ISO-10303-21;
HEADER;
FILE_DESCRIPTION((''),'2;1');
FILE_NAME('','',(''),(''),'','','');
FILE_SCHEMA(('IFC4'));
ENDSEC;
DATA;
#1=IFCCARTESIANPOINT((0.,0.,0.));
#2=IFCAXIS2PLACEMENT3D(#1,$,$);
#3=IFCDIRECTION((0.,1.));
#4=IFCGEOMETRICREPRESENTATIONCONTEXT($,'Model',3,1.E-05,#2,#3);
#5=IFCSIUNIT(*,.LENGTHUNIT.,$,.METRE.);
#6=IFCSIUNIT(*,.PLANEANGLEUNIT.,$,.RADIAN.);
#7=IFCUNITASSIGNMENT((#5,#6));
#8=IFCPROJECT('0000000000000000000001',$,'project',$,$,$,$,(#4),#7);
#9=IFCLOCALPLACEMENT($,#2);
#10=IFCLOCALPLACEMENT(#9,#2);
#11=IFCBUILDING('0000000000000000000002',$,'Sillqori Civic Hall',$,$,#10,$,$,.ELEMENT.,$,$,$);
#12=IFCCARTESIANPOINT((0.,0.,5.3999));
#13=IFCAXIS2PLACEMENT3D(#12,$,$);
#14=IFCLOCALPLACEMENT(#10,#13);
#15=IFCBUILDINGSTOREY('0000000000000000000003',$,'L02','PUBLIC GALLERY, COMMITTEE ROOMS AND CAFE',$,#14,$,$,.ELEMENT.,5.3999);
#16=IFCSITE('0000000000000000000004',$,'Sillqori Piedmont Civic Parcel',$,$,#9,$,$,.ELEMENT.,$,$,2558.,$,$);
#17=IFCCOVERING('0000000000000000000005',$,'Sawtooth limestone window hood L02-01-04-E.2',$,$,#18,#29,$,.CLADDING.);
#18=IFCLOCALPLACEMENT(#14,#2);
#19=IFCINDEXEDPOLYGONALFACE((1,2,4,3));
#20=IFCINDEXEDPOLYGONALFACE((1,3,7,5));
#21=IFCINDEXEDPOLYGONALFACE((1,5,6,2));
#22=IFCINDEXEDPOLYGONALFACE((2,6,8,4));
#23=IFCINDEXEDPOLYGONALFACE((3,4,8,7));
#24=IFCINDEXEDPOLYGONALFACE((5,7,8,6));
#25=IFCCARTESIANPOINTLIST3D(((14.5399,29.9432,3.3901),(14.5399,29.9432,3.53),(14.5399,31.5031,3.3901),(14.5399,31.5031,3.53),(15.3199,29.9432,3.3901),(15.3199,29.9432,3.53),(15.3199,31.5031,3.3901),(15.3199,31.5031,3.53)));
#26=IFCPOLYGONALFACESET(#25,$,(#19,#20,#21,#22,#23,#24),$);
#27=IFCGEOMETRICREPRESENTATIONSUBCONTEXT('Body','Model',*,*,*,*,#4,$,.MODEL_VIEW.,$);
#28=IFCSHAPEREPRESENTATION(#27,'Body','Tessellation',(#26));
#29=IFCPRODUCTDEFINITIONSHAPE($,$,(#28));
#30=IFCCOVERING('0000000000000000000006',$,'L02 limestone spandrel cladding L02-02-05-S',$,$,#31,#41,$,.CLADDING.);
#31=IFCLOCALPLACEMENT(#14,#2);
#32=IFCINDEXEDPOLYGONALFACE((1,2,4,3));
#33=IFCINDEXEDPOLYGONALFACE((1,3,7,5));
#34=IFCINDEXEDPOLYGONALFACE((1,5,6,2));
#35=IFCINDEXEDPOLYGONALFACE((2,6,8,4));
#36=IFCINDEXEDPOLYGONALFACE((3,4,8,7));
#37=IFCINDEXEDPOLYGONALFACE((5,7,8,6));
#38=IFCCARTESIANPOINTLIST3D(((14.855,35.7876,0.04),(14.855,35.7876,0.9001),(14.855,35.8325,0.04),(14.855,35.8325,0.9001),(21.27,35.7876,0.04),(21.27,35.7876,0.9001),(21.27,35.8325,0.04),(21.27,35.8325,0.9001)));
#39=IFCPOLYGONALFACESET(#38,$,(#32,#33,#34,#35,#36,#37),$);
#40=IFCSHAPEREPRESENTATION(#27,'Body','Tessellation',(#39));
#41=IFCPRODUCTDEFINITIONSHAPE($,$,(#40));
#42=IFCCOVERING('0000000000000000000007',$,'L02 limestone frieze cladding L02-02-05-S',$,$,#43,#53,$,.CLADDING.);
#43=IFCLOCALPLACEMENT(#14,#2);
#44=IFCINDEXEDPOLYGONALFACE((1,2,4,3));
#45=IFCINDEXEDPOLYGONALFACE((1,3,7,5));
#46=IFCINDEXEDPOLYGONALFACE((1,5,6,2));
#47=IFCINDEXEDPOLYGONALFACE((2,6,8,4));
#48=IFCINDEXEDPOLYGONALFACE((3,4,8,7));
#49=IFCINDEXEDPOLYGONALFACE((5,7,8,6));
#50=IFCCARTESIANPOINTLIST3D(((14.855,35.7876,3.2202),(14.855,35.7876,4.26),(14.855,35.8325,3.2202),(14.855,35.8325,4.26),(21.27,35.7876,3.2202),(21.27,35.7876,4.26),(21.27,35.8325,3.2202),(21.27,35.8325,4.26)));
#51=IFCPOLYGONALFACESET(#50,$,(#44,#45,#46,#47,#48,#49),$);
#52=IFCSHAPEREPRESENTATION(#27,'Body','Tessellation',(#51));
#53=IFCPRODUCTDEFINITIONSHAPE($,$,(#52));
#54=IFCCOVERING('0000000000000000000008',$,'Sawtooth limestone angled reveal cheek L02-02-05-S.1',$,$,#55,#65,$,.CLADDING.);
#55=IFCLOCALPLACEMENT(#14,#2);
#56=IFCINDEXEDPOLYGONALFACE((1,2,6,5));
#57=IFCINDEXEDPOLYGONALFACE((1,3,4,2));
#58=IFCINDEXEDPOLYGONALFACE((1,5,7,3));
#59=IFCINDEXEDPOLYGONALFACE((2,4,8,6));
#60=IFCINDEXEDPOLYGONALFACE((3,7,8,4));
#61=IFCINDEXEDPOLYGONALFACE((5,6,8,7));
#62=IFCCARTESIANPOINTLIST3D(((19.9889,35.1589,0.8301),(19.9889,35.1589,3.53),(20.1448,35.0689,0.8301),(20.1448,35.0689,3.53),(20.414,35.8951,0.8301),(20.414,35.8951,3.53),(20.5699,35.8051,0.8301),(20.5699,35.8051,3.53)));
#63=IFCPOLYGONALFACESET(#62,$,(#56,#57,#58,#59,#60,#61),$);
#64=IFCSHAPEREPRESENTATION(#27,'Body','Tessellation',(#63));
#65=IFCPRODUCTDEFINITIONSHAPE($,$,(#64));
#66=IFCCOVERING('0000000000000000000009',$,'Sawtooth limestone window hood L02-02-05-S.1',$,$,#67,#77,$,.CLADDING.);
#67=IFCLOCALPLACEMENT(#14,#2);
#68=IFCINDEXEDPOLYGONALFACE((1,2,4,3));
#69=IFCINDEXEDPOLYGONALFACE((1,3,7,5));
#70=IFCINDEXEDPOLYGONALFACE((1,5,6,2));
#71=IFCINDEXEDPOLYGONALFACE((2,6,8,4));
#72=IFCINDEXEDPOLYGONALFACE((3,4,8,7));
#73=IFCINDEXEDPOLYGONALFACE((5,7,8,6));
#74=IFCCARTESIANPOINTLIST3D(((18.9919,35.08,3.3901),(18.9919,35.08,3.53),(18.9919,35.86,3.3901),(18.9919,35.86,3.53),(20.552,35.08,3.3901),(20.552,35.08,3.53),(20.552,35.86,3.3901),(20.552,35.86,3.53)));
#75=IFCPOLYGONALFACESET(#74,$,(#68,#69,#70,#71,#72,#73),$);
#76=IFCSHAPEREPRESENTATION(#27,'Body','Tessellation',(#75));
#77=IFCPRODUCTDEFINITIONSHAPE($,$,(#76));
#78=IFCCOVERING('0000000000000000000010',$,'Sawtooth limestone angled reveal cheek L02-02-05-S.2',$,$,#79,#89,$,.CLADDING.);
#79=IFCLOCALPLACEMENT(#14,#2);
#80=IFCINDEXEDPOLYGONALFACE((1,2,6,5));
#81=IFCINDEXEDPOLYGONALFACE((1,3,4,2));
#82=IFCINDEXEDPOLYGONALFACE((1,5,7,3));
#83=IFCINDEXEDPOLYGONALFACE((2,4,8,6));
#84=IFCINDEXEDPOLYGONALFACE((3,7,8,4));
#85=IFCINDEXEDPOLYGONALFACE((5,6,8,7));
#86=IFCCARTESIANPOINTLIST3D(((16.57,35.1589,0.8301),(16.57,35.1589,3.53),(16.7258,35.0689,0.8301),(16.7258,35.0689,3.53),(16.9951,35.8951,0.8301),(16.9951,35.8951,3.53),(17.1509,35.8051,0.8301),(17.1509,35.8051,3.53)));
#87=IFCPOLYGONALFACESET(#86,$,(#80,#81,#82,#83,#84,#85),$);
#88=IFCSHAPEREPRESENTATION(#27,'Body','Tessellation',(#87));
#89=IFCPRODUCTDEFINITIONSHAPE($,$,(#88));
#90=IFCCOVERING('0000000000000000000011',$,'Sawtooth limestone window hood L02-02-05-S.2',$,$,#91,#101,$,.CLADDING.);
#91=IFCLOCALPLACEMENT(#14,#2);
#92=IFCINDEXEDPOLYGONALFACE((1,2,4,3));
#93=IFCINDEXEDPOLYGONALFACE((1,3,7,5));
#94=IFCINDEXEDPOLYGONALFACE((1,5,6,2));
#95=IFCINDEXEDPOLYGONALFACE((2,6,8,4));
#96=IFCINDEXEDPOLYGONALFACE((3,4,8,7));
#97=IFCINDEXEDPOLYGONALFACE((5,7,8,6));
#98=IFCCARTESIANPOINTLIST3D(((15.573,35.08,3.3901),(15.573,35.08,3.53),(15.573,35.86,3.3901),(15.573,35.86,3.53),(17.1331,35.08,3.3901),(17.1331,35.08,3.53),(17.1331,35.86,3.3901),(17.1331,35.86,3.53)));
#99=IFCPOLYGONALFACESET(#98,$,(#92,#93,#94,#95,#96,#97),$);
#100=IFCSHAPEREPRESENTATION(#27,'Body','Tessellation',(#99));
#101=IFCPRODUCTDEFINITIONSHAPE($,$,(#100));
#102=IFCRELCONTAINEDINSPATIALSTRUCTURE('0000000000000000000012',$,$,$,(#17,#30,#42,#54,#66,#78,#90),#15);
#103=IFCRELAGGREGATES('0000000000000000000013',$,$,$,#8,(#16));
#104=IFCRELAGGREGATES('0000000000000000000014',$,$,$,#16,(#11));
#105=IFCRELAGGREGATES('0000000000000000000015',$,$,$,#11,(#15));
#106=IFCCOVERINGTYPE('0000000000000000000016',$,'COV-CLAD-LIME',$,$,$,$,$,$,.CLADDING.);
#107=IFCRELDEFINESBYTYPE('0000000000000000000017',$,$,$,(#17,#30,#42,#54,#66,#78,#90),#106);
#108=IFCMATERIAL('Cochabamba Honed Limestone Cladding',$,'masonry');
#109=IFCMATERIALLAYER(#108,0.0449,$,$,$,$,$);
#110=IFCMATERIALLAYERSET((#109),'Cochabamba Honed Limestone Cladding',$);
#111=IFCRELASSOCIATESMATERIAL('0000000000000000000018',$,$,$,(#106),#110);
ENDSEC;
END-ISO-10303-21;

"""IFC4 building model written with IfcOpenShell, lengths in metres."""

from ifc_helpers import new_model, si_unit, direction, frame, frame_2d, origin, place, context, subcontext, project, spatial, rectangle, extrude, material, layer, layer_set, type_object, element, save


model = new_model("IFC4")

# Units and contexts
model_context = context("Model", 3, precision=1e-05, world=origin(), true_north=direction((0.0, 1.0)))
body_context = subcontext(model_context, "Body", "Model", "MODEL_VIEW")
ifc_project = project(units=[si_unit("LENGTHUNIT", "METRE"), si_unit("PLANEANGLEUNIT", "RADIAN")], contexts=[model_context])

# Site, building, storey
site_placement = place(None, origin())
site = spatial("IfcSite", under=ifc_project, at=site_placement, Name="Sillqori Piedmont Civic Parcel", CompositionType="ELEMENT", RefElevation=2558.0)
building_placement = place(site_placement, origin())
building = spatial("IfcBuilding", under=site, at=building_placement, Name="Sillqori Civic Hall", CompositionType="ELEMENT")
storey_placement = place(building_placement, frame((0.0, 0.0, 5.3999)))
storey = spatial("IfcBuildingStorey", under=building, at=storey_placement, Name="L02", Description="PUBLIC GALLERY, COMMITTEE ROOMS AND CAFE", CompositionType="ELEMENT", Elevation=5.3999)

# Coverings
ifc_material_1 = material(Name="Cochabamba Honed Limestone Cladding", Category="masonry")
ifc_layer_1 = layer(ifc_material_1, 0.0449)
ifc_layer_set_1 = layer_set([ifc_layer_1], Name="Cochabamba Honed Limestone Cladding")
covering_type = type_object("IfcCoveringType", Name="COV-CLAD-LIME", PredefinedType="CLADDING", material=ifc_layer_set_1)
covering_1_placement = place(storey_placement, frame((14.9299, 31.5029, 3.3901), z_axis=(0.0, 0.0, 1.0), x_axis=(0.0, -1.0, 0.0)))
element("IfcCovering", 1, at=covering_1_placement, inside=storey, type_object=covering_type, Name="Sawtooth limestone window hood L02-01-04-E.2", PredefinedType="CLADDING", context=body_context, shape_type="SweptSolid", body=[
    extrude(rectangle(XDim=1.5598, YDim=0.78, at=frame_2d((0.7798, 0.0))), origin(), (0.0, 0.0, 1.0), 0.1399),
])
covering_2_placement = place(storey_placement, frame((21.27, 35.8101, 0.04), z_axis=(0.0, 0.0, 1.0), x_axis=(-1.0, 0.0, 0.0)))
element("IfcCovering", 2, at=covering_2_placement, inside=storey, type_object=covering_type, Name="L02 limestone spandrel cladding L02-02-05-S", PredefinedType="CLADDING", context=body_context, shape_type="SweptSolid", body=[
    extrude(rectangle(XDim=6.415, YDim=0.0449, at=frame_2d((3.2075, 0.0))), origin(), (0.0, 0.0, 1.0), 0.8601),
])
covering_3_placement = place(storey_placement, frame((21.27, 35.8101, 3.2202), z_axis=(0.0, 0.0, 1.0), x_axis=(-1.0, 0.0, 0.0)))
element("IfcCovering", 3, at=covering_3_placement, inside=storey, type_object=covering_type, Name="L02 limestone frieze cladding L02-02-05-S", PredefinedType="CLADDING", context=body_context, shape_type="SweptSolid", body=[
    extrude(rectangle(XDim=6.415, YDim=0.0449, at=frame_2d((3.2075, 0.0))), origin(), (0.0, 0.0, 1.0), 1.0398),
])
covering_4_placement = place(storey_placement, frame((20.4919, 35.8501, 0.8301), z_axis=(0.0, 0.0, 1.0), x_axis=(-0.500062, -0.865989, 0.0)))
element("IfcCovering", 4, at=covering_4_placement, inside=storey, type_object=covering_type, Name="Sawtooth limestone angled reveal cheek L02-02-05-S.1", PredefinedType="CLADDING", context=body_context, shape_type="SweptSolid", body=[
    extrude(rectangle(XDim=0.8501, YDim=0.1799, at=frame_2d((0.425, 0.0))), origin(), (0.0, 0.0, 1.0), 2.7),
])
covering_5_placement = place(storey_placement, frame((20.552, 35.47, 3.3901), z_axis=(0.0, 0.0, 1.0), x_axis=(-1.0, 0.0, 0.0)))
element("IfcCovering", 5, at=covering_5_placement, inside=storey, type_object=covering_type, Name="Sawtooth limestone window hood L02-02-05-S.1", PredefinedType="CLADDING", context=body_context, shape_type="SweptSolid", body=[
    extrude(rectangle(XDim=1.5601, YDim=0.78, at=frame_2d((0.78, 0.0))), origin(), (0.0, 0.0, 1.0), 0.1399),
])
covering_6_placement = place(storey_placement, frame((17.073, 35.8501, 0.8301), z_axis=(0.0, 0.0, 1.0), x_axis=(-0.500062, -0.865989, 0.0)))
element("IfcCovering", 6, at=covering_6_placement, inside=storey, type_object=covering_type, Name="Sawtooth limestone angled reveal cheek L02-02-05-S.2", PredefinedType="CLADDING", context=body_context, shape_type="SweptSolid", body=[
    extrude(rectangle(XDim=0.8501, YDim=0.1799, at=frame_2d((0.425, 0.0))), origin(), (0.0, 0.0, 1.0), 2.7),
])
covering_7_placement = place(storey_placement, frame((17.1331, 35.47, 3.3901), z_axis=(0.0, 0.0, 1.0), x_axis=(-1.0, 0.0, 0.0)))
element("IfcCovering", 7, at=covering_7_placement, inside=storey, type_object=covering_type, Name="Sawtooth limestone window hood L02-02-05-S.2", PredefinedType="CLADDING", context=body_context, shape_type="SweptSolid", body=[
    extrude(rectangle(XDim=1.5601, YDim=0.78, at=frame_2d((0.78, 0.0))), origin(), (0.0, 0.0, 1.0), 0.1399),
])

save(model, "model.ifc")
